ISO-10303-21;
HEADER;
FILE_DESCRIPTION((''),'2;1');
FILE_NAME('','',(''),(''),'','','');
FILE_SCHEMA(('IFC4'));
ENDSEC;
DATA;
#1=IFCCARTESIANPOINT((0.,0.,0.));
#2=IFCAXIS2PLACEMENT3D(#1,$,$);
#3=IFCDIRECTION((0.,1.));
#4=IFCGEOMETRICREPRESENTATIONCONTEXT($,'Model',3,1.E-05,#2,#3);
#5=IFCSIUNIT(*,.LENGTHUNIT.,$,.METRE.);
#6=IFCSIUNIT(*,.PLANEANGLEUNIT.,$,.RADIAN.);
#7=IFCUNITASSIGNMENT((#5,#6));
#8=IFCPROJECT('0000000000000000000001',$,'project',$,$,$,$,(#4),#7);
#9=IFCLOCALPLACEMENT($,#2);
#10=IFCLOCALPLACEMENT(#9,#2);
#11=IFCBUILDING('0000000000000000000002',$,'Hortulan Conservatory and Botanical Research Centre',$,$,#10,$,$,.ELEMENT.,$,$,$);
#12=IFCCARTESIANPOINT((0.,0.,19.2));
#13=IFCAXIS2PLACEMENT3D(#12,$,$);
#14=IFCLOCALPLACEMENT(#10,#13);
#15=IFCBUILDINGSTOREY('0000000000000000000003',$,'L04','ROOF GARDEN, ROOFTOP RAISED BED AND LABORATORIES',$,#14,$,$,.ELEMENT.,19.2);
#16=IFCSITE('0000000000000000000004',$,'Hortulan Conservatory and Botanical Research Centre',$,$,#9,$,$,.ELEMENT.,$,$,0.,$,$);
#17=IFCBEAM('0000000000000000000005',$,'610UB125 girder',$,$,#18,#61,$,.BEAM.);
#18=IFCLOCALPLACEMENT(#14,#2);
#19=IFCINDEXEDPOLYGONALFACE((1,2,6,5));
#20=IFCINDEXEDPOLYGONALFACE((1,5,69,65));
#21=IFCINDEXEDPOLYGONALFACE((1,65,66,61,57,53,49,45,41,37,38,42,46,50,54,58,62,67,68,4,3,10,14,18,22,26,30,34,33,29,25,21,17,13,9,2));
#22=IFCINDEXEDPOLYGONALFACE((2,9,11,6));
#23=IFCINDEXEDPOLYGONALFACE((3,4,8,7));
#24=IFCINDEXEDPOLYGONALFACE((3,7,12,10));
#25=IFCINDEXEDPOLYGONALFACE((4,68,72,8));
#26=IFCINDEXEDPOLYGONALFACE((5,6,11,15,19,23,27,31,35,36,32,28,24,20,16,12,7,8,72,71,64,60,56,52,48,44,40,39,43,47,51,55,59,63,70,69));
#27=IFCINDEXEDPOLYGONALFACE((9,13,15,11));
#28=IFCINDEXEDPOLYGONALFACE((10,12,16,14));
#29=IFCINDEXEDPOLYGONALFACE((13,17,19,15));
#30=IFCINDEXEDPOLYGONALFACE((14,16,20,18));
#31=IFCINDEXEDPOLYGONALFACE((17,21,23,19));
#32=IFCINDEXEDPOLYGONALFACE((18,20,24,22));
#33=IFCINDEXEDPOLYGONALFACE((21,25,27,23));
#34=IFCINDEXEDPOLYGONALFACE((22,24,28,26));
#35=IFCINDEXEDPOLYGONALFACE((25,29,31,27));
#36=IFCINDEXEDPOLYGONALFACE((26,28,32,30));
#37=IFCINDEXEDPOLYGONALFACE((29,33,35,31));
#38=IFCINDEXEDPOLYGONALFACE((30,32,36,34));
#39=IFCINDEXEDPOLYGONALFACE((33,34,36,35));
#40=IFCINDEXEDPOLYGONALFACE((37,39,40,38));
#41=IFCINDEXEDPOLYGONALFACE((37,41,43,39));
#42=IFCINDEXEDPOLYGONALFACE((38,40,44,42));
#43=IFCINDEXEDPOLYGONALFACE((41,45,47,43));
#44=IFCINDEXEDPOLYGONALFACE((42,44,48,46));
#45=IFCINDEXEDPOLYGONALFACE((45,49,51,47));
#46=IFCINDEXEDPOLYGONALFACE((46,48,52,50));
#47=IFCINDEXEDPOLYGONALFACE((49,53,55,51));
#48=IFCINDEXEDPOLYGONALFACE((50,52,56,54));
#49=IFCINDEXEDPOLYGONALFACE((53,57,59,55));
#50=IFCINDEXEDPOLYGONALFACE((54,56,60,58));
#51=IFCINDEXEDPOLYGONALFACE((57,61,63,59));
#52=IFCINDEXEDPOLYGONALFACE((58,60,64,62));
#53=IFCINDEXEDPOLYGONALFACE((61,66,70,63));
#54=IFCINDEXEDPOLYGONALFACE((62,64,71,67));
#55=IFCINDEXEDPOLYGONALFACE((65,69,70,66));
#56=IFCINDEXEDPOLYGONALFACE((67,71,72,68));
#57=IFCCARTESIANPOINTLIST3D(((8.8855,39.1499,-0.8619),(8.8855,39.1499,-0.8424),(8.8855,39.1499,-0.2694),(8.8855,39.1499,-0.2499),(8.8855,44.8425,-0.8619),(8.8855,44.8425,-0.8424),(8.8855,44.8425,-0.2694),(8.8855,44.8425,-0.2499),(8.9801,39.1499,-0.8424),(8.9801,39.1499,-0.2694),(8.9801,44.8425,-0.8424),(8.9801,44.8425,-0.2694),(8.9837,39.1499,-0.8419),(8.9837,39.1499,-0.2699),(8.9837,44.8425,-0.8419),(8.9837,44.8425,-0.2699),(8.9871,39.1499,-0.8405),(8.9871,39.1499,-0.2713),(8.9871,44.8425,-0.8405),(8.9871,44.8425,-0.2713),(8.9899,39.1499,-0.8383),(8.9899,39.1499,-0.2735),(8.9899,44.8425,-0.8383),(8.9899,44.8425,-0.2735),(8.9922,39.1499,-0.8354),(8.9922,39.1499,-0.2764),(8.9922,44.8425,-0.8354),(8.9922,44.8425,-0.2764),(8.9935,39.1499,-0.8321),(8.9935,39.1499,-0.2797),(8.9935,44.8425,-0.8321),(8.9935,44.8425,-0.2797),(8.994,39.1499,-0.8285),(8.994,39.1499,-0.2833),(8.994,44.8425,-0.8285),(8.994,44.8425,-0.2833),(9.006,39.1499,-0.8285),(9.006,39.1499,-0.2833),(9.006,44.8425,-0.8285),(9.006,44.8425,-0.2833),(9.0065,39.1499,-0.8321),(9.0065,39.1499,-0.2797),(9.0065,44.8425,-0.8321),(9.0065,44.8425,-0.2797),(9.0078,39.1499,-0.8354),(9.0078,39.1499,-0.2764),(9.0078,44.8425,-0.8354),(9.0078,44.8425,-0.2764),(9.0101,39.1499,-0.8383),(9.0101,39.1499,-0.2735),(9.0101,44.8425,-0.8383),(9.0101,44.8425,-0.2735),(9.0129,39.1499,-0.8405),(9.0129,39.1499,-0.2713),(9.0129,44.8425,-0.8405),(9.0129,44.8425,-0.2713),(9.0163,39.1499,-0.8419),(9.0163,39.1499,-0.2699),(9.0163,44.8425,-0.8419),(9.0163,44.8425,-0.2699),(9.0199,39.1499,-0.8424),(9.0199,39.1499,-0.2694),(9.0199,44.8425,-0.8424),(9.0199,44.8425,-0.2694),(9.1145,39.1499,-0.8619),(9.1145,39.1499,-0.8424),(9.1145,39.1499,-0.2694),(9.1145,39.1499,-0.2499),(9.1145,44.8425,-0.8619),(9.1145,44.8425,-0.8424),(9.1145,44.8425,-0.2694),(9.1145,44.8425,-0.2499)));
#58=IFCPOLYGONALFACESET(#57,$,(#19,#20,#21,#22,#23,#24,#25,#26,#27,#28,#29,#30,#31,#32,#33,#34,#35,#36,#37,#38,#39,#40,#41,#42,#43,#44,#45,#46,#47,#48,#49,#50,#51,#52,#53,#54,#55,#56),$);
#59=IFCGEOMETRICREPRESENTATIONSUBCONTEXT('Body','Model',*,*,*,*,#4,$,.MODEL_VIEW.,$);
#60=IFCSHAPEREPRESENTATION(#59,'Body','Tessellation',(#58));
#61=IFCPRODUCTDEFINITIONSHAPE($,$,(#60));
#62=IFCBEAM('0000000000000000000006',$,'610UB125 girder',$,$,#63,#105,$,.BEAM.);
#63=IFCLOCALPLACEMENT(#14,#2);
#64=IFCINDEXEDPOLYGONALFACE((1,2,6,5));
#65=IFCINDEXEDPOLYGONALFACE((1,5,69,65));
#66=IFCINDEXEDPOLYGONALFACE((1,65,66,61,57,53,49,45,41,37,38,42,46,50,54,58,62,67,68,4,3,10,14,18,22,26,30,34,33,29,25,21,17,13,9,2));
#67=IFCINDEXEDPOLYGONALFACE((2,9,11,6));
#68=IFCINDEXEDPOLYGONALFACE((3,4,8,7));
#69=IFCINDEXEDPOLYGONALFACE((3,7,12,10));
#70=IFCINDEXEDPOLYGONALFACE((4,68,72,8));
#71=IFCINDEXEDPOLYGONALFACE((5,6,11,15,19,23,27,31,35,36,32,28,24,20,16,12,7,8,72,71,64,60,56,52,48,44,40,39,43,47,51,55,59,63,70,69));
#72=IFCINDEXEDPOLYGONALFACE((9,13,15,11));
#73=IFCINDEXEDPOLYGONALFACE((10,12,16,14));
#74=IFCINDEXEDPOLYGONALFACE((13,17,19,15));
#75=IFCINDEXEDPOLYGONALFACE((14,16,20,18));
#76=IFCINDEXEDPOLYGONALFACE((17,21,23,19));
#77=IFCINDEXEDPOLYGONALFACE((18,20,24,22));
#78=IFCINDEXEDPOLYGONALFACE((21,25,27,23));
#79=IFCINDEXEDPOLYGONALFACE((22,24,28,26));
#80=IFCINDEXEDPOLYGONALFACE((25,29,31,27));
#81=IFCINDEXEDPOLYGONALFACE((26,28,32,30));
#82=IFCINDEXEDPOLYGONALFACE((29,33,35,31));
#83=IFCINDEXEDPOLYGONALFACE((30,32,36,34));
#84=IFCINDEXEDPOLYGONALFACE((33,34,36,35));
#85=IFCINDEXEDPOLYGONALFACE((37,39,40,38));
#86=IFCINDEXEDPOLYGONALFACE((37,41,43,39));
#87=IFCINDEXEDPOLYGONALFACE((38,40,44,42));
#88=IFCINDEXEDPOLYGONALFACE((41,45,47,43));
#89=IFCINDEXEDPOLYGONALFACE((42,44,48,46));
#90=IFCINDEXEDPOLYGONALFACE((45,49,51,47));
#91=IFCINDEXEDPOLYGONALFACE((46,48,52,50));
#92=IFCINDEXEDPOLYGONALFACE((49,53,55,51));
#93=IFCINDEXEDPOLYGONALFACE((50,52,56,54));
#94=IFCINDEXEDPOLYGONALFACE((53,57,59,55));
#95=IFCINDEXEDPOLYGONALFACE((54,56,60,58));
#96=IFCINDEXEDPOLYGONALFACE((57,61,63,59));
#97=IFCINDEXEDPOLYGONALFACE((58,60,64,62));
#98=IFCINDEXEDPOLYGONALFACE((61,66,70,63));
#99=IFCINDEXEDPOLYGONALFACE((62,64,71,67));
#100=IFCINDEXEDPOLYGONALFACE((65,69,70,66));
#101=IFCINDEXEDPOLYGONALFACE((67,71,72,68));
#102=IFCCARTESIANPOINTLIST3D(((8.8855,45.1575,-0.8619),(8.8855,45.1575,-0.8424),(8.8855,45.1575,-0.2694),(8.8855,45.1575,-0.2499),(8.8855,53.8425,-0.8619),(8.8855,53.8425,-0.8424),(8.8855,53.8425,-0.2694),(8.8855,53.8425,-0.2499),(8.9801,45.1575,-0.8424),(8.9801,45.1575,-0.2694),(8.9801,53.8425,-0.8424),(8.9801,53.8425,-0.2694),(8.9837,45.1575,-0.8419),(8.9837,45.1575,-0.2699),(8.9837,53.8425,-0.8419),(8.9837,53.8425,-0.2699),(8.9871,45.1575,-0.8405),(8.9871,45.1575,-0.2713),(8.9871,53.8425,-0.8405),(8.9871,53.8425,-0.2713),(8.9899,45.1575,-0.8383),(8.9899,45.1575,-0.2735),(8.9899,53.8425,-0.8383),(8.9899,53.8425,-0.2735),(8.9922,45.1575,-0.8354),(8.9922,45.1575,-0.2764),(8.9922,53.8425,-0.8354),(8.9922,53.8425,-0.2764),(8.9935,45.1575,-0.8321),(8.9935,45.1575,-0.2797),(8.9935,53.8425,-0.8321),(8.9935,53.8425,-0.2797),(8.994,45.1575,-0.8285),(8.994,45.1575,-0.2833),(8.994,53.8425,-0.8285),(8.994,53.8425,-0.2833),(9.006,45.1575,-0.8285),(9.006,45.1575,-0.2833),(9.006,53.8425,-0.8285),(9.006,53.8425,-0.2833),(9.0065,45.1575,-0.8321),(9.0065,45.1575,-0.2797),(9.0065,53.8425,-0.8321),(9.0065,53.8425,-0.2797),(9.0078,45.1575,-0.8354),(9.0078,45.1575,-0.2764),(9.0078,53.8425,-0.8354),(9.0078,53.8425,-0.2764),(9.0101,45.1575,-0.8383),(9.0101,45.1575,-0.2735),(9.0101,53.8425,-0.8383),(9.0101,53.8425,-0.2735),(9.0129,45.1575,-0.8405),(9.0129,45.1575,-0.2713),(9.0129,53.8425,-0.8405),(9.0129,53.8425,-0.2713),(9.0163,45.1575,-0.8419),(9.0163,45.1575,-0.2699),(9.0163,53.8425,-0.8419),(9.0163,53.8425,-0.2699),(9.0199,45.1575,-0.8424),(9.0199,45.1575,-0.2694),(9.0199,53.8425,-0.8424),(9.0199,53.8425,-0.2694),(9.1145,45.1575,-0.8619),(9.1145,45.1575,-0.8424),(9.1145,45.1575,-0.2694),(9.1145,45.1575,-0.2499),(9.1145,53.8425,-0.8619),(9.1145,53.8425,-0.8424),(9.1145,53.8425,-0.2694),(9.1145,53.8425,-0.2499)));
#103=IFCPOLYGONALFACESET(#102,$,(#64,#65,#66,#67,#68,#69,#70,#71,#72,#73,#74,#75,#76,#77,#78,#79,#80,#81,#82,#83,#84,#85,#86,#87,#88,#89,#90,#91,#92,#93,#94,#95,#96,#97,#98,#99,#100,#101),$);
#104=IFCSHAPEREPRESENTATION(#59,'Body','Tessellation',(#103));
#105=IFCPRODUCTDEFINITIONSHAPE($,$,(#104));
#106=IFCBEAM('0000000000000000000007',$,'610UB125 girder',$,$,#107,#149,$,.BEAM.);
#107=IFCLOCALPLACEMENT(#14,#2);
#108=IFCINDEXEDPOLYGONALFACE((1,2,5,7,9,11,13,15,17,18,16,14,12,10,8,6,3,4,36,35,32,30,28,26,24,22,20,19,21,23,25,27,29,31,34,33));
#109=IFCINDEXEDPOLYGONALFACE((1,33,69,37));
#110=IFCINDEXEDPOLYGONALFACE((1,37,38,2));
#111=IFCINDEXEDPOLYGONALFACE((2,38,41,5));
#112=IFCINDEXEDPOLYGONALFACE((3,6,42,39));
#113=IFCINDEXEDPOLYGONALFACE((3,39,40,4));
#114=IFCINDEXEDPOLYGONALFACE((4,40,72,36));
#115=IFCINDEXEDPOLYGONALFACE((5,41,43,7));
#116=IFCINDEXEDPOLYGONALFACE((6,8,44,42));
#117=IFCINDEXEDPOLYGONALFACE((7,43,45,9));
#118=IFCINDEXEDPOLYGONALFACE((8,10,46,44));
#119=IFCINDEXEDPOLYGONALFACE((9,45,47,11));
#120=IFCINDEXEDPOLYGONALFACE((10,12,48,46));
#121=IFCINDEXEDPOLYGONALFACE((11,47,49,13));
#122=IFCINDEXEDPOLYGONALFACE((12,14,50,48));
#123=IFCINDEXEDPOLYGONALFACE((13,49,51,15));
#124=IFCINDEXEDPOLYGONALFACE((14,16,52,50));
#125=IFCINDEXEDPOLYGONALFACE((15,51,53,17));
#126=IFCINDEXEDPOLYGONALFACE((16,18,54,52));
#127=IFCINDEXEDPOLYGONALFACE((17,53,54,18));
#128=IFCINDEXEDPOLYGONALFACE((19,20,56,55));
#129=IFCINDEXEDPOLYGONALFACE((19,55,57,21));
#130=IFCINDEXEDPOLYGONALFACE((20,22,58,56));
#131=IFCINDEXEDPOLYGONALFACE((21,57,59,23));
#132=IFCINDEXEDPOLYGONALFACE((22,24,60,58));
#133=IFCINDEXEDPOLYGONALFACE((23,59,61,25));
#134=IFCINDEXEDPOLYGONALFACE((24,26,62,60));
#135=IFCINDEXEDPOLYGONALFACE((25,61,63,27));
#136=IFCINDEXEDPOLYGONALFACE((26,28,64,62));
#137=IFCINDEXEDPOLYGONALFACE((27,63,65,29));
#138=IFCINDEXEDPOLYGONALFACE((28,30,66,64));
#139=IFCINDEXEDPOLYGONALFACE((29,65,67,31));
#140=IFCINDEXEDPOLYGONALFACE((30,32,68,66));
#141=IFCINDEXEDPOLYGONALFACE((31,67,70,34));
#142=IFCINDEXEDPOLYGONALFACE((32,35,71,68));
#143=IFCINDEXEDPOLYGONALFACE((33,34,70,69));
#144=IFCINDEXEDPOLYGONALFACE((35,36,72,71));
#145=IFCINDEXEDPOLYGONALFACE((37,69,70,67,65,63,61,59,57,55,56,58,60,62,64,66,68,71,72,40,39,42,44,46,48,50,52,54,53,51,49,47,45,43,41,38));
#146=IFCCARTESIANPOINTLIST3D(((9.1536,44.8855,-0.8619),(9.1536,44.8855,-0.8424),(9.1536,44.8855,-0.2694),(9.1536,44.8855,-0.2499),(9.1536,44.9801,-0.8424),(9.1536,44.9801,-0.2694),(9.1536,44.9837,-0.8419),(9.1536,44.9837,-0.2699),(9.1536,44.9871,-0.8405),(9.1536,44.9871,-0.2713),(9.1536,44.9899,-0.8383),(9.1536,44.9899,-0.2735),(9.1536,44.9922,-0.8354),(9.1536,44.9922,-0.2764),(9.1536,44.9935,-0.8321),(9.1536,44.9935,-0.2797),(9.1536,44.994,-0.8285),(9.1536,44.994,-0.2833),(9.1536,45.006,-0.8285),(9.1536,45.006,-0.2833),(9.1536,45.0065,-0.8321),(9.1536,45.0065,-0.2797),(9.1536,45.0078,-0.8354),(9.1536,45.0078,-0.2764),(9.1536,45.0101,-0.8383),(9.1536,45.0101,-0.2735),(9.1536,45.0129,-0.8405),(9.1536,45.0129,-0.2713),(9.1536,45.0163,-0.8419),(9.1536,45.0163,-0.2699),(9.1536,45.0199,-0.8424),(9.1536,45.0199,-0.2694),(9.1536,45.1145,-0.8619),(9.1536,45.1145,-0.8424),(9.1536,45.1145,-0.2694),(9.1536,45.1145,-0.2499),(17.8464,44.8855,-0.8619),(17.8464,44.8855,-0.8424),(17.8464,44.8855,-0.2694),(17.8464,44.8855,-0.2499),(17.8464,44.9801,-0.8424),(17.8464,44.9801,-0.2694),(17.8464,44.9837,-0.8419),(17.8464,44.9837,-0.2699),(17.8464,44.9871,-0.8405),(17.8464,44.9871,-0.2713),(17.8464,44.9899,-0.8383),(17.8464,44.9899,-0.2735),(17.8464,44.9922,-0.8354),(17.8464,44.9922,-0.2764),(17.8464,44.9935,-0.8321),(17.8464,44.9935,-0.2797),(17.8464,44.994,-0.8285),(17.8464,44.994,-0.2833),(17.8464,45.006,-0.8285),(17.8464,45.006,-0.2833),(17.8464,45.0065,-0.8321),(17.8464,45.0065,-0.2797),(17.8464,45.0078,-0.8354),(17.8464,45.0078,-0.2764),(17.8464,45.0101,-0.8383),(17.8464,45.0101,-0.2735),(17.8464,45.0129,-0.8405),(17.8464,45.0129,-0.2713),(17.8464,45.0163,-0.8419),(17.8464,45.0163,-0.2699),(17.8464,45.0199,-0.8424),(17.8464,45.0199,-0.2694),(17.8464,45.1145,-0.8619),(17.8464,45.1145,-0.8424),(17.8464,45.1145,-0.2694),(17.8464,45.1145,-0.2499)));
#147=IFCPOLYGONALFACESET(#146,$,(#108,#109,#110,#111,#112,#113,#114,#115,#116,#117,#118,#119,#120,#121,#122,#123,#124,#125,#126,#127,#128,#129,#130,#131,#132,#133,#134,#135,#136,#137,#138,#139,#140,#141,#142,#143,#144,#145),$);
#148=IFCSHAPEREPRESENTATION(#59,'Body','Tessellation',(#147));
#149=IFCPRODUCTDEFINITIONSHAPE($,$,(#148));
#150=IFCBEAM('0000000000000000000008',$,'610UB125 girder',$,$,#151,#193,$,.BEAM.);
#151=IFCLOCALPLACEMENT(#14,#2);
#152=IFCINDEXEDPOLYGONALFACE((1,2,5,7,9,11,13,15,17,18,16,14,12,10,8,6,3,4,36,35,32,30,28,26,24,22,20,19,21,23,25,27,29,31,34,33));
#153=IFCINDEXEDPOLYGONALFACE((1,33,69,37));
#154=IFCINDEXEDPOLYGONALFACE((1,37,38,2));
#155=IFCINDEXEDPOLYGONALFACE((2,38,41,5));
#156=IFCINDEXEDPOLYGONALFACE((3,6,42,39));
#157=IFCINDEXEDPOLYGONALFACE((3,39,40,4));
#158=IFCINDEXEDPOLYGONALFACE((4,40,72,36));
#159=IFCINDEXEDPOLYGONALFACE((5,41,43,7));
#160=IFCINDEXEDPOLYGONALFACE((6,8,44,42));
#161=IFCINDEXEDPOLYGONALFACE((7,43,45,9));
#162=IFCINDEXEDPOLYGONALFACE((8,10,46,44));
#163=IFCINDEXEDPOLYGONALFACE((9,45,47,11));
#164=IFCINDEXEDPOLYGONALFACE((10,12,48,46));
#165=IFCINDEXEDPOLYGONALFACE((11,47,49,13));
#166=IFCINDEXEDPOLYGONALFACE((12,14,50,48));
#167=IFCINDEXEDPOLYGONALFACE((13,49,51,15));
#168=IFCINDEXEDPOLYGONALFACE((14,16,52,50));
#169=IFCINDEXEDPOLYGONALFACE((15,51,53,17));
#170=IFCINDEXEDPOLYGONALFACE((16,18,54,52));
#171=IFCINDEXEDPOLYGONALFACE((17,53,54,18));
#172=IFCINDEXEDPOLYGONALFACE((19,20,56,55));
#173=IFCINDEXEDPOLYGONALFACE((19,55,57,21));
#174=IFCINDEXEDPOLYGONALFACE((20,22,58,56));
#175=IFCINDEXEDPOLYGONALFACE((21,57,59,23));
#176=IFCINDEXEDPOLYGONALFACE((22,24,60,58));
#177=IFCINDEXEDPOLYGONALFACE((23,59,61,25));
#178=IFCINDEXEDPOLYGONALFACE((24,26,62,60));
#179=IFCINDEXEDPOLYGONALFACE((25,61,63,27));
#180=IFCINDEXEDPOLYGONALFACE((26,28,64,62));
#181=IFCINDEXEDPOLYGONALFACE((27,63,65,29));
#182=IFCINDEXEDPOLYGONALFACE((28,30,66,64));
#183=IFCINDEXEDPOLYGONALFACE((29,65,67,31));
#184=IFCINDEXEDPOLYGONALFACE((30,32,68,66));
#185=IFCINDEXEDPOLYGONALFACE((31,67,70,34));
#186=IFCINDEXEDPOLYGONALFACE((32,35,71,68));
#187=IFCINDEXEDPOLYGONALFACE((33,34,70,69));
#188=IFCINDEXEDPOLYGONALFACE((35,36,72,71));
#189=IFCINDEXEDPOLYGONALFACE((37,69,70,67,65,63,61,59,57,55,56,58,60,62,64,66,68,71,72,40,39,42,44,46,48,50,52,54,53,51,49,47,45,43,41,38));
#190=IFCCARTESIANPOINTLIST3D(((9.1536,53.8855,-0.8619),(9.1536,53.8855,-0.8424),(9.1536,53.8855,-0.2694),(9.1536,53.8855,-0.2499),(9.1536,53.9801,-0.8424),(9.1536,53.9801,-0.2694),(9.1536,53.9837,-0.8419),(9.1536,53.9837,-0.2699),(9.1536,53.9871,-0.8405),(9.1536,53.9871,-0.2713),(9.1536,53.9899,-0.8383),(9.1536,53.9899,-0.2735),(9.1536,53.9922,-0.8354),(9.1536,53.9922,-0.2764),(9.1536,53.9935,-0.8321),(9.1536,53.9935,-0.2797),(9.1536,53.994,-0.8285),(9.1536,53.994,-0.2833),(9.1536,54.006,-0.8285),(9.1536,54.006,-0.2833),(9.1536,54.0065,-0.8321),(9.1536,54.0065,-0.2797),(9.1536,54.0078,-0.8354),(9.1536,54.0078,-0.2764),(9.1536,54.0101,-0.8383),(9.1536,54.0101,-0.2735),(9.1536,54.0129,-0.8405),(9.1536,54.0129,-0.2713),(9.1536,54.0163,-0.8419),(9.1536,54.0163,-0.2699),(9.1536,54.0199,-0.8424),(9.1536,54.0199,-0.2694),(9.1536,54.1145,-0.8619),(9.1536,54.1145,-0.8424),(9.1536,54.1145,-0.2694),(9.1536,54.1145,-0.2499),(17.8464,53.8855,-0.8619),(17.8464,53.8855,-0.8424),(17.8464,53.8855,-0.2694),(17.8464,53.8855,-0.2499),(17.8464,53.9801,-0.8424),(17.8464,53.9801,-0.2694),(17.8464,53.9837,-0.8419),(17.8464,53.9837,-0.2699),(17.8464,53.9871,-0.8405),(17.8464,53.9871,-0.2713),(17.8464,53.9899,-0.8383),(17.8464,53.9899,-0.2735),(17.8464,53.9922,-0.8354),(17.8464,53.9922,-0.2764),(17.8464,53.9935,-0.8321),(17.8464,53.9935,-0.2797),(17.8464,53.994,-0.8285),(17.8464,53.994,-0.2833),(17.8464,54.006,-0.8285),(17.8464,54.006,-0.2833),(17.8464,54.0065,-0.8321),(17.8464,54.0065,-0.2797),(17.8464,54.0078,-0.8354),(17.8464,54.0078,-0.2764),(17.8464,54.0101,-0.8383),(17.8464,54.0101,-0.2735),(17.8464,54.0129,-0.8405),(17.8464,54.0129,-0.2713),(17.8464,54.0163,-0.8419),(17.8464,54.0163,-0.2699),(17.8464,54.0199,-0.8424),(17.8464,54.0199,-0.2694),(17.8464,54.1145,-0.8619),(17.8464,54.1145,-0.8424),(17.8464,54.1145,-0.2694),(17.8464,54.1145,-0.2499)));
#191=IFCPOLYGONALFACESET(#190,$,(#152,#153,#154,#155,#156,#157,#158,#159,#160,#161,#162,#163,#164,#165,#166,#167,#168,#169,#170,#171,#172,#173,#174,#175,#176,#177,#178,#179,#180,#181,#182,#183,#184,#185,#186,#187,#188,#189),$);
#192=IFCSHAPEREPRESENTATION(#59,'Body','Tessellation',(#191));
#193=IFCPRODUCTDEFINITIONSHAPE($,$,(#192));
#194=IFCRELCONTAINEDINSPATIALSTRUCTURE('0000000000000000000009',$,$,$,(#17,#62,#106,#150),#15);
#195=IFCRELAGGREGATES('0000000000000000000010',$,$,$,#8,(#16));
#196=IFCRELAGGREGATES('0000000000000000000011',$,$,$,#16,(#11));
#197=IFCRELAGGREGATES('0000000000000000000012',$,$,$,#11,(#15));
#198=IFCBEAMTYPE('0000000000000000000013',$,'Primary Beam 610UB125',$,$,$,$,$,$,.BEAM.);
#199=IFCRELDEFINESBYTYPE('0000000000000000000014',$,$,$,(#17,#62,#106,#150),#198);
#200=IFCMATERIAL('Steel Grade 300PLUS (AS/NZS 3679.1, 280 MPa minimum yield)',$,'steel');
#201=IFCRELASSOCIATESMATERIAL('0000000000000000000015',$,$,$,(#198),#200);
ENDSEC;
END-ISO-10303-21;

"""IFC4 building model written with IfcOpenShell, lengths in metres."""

from ifc_helpers import new_model, si_unit, direction, frame, origin, origin_2d, place, context, subcontext, project, spatial, i_section, extrude, material, material_profile, profile_set, type_object, element, save


model = new_model("IFC4")

# Units and contexts
model_context = context("Model", 3, precision=1e-05, world=origin(), true_north=direction((0.0, 1.0)))
body_context = subcontext(model_context, "Body", "Model", "MODEL_VIEW")
ifc_project = project(units=[si_unit("LENGTHUNIT", "METRE"), si_unit("PLANEANGLEUNIT", "RADIAN")], contexts=[model_context])

# Site, building, storey
site_placement = place(None, origin())
site = spatial("IfcSite", under=ifc_project, at=site_placement, Name="Hortulan Conservatory and Botanical Research Centre", CompositionType="ELEMENT", RefElevation=0.0)
building_placement = place(site_placement, origin())
building = spatial("IfcBuilding", under=site, at=building_placement, Name="Hortulan Conservatory and Botanical Research Centre", CompositionType="ELEMENT")
storey_placement = place(building_placement, frame((0.0, 0.0, 19.2)))
storey = spatial("IfcBuildingStorey", under=building, at=storey_placement, Name="L04", Description="ROOF GARDEN, ROOFTOP RAISED BED AND LABORATORIES", CompositionType="ELEMENT", Elevation=19.2)

# Beams
ifc_material_1 = material(Name="Steel Grade 300PLUS (AS/NZS 3679.1, 280 MPa minimum yield)", Category="steel")
ifc_material_profile_1 = material_profile(ifc_material_1, i_section(OverallWidth=0.229, OverallDepth=0.6121, WebThickness=0.012, FlangeThickness=0.0195, FilletRadius=0.0139, at=origin_2d()), Name="610UB125")
ifc_profile_set_1 = profile_set([ifc_material_profile_1], Name="Steel Grade 300PLUS (AS/NZS 3679.1, 280 MPa minimum yield)")
beam_type_1 = type_object("IfcBeamType", Name="Primary Beam 610UB125", PredefinedType="BEAM", material=ifc_profile_set_1)
beam_1_placement = place(storey_placement, frame((9.0, 39.1499, -0.5559), z_axis=(0.0, 1.0, 0.0), x_axis=(-1.0, 0.0, 0.0)))
element("IfcBeam", 1, at=beam_1_placement, inside=storey, type_object=beam_type_1, Name="610UB125 girder", PredefinedType="BEAM", context=body_context, shape_type="SweptSolid", body=[
    extrude(i_section(OverallWidth=0.229, OverallDepth=0.6121, WebThickness=0.012, FlangeThickness=0.0195, FilletRadius=0.0139, at=origin_2d()), origin(), (0.0, 0.0, 1.0), 5.6926),
])
beam_2_placement = place(storey_placement, frame((9.0, 45.1575, -0.5559), z_axis=(0.0, 1.0, 0.0), x_axis=(-1.0, 0.0, 0.0)))
element("IfcBeam", 2, at=beam_2_placement, inside=storey, type_object=beam_type_1, Name="610UB125 girder", PredefinedType="BEAM", context=body_context, shape_type="SweptSolid", body=[
    extrude(i_section(OverallWidth=0.229, OverallDepth=0.6121, WebThickness=0.012, FlangeThickness=0.0195, FilletRadius=0.0139, at=origin_2d()), origin(), (0.0, 0.0, 1.0), 8.6851),
])
for number, where, z_axis, x_axis, name in (
    (3, (9.1536, 45.0, -0.5559), (1.0, 0.0, 0.0), (0.0, 1.0, 0.0), "610UB125 girder"),
    (4, (9.1536, 54.0, -0.5559), (1.0, 0.0, 0.0), (0.0, 1.0, 0.0), "610UB125 girder"),
):
    element("IfcBeam", number, at=place(storey_placement, frame(where, z_axis=z_axis, x_axis=x_axis)), inside=storey, type_object=beam_type_1, Name=name, PredefinedType="BEAM", context=body_context, shape_type="SweptSolid", body=[
        extrude(i_section(OverallWidth=0.229, OverallDepth=0.6121, WebThickness=0.012, FlangeThickness=0.0195, FilletRadius=0.0139, at=origin_2d()), origin(), (0.0, 0.0, 1.0), 8.6929),
    ])

save(model, "model.ifc")
